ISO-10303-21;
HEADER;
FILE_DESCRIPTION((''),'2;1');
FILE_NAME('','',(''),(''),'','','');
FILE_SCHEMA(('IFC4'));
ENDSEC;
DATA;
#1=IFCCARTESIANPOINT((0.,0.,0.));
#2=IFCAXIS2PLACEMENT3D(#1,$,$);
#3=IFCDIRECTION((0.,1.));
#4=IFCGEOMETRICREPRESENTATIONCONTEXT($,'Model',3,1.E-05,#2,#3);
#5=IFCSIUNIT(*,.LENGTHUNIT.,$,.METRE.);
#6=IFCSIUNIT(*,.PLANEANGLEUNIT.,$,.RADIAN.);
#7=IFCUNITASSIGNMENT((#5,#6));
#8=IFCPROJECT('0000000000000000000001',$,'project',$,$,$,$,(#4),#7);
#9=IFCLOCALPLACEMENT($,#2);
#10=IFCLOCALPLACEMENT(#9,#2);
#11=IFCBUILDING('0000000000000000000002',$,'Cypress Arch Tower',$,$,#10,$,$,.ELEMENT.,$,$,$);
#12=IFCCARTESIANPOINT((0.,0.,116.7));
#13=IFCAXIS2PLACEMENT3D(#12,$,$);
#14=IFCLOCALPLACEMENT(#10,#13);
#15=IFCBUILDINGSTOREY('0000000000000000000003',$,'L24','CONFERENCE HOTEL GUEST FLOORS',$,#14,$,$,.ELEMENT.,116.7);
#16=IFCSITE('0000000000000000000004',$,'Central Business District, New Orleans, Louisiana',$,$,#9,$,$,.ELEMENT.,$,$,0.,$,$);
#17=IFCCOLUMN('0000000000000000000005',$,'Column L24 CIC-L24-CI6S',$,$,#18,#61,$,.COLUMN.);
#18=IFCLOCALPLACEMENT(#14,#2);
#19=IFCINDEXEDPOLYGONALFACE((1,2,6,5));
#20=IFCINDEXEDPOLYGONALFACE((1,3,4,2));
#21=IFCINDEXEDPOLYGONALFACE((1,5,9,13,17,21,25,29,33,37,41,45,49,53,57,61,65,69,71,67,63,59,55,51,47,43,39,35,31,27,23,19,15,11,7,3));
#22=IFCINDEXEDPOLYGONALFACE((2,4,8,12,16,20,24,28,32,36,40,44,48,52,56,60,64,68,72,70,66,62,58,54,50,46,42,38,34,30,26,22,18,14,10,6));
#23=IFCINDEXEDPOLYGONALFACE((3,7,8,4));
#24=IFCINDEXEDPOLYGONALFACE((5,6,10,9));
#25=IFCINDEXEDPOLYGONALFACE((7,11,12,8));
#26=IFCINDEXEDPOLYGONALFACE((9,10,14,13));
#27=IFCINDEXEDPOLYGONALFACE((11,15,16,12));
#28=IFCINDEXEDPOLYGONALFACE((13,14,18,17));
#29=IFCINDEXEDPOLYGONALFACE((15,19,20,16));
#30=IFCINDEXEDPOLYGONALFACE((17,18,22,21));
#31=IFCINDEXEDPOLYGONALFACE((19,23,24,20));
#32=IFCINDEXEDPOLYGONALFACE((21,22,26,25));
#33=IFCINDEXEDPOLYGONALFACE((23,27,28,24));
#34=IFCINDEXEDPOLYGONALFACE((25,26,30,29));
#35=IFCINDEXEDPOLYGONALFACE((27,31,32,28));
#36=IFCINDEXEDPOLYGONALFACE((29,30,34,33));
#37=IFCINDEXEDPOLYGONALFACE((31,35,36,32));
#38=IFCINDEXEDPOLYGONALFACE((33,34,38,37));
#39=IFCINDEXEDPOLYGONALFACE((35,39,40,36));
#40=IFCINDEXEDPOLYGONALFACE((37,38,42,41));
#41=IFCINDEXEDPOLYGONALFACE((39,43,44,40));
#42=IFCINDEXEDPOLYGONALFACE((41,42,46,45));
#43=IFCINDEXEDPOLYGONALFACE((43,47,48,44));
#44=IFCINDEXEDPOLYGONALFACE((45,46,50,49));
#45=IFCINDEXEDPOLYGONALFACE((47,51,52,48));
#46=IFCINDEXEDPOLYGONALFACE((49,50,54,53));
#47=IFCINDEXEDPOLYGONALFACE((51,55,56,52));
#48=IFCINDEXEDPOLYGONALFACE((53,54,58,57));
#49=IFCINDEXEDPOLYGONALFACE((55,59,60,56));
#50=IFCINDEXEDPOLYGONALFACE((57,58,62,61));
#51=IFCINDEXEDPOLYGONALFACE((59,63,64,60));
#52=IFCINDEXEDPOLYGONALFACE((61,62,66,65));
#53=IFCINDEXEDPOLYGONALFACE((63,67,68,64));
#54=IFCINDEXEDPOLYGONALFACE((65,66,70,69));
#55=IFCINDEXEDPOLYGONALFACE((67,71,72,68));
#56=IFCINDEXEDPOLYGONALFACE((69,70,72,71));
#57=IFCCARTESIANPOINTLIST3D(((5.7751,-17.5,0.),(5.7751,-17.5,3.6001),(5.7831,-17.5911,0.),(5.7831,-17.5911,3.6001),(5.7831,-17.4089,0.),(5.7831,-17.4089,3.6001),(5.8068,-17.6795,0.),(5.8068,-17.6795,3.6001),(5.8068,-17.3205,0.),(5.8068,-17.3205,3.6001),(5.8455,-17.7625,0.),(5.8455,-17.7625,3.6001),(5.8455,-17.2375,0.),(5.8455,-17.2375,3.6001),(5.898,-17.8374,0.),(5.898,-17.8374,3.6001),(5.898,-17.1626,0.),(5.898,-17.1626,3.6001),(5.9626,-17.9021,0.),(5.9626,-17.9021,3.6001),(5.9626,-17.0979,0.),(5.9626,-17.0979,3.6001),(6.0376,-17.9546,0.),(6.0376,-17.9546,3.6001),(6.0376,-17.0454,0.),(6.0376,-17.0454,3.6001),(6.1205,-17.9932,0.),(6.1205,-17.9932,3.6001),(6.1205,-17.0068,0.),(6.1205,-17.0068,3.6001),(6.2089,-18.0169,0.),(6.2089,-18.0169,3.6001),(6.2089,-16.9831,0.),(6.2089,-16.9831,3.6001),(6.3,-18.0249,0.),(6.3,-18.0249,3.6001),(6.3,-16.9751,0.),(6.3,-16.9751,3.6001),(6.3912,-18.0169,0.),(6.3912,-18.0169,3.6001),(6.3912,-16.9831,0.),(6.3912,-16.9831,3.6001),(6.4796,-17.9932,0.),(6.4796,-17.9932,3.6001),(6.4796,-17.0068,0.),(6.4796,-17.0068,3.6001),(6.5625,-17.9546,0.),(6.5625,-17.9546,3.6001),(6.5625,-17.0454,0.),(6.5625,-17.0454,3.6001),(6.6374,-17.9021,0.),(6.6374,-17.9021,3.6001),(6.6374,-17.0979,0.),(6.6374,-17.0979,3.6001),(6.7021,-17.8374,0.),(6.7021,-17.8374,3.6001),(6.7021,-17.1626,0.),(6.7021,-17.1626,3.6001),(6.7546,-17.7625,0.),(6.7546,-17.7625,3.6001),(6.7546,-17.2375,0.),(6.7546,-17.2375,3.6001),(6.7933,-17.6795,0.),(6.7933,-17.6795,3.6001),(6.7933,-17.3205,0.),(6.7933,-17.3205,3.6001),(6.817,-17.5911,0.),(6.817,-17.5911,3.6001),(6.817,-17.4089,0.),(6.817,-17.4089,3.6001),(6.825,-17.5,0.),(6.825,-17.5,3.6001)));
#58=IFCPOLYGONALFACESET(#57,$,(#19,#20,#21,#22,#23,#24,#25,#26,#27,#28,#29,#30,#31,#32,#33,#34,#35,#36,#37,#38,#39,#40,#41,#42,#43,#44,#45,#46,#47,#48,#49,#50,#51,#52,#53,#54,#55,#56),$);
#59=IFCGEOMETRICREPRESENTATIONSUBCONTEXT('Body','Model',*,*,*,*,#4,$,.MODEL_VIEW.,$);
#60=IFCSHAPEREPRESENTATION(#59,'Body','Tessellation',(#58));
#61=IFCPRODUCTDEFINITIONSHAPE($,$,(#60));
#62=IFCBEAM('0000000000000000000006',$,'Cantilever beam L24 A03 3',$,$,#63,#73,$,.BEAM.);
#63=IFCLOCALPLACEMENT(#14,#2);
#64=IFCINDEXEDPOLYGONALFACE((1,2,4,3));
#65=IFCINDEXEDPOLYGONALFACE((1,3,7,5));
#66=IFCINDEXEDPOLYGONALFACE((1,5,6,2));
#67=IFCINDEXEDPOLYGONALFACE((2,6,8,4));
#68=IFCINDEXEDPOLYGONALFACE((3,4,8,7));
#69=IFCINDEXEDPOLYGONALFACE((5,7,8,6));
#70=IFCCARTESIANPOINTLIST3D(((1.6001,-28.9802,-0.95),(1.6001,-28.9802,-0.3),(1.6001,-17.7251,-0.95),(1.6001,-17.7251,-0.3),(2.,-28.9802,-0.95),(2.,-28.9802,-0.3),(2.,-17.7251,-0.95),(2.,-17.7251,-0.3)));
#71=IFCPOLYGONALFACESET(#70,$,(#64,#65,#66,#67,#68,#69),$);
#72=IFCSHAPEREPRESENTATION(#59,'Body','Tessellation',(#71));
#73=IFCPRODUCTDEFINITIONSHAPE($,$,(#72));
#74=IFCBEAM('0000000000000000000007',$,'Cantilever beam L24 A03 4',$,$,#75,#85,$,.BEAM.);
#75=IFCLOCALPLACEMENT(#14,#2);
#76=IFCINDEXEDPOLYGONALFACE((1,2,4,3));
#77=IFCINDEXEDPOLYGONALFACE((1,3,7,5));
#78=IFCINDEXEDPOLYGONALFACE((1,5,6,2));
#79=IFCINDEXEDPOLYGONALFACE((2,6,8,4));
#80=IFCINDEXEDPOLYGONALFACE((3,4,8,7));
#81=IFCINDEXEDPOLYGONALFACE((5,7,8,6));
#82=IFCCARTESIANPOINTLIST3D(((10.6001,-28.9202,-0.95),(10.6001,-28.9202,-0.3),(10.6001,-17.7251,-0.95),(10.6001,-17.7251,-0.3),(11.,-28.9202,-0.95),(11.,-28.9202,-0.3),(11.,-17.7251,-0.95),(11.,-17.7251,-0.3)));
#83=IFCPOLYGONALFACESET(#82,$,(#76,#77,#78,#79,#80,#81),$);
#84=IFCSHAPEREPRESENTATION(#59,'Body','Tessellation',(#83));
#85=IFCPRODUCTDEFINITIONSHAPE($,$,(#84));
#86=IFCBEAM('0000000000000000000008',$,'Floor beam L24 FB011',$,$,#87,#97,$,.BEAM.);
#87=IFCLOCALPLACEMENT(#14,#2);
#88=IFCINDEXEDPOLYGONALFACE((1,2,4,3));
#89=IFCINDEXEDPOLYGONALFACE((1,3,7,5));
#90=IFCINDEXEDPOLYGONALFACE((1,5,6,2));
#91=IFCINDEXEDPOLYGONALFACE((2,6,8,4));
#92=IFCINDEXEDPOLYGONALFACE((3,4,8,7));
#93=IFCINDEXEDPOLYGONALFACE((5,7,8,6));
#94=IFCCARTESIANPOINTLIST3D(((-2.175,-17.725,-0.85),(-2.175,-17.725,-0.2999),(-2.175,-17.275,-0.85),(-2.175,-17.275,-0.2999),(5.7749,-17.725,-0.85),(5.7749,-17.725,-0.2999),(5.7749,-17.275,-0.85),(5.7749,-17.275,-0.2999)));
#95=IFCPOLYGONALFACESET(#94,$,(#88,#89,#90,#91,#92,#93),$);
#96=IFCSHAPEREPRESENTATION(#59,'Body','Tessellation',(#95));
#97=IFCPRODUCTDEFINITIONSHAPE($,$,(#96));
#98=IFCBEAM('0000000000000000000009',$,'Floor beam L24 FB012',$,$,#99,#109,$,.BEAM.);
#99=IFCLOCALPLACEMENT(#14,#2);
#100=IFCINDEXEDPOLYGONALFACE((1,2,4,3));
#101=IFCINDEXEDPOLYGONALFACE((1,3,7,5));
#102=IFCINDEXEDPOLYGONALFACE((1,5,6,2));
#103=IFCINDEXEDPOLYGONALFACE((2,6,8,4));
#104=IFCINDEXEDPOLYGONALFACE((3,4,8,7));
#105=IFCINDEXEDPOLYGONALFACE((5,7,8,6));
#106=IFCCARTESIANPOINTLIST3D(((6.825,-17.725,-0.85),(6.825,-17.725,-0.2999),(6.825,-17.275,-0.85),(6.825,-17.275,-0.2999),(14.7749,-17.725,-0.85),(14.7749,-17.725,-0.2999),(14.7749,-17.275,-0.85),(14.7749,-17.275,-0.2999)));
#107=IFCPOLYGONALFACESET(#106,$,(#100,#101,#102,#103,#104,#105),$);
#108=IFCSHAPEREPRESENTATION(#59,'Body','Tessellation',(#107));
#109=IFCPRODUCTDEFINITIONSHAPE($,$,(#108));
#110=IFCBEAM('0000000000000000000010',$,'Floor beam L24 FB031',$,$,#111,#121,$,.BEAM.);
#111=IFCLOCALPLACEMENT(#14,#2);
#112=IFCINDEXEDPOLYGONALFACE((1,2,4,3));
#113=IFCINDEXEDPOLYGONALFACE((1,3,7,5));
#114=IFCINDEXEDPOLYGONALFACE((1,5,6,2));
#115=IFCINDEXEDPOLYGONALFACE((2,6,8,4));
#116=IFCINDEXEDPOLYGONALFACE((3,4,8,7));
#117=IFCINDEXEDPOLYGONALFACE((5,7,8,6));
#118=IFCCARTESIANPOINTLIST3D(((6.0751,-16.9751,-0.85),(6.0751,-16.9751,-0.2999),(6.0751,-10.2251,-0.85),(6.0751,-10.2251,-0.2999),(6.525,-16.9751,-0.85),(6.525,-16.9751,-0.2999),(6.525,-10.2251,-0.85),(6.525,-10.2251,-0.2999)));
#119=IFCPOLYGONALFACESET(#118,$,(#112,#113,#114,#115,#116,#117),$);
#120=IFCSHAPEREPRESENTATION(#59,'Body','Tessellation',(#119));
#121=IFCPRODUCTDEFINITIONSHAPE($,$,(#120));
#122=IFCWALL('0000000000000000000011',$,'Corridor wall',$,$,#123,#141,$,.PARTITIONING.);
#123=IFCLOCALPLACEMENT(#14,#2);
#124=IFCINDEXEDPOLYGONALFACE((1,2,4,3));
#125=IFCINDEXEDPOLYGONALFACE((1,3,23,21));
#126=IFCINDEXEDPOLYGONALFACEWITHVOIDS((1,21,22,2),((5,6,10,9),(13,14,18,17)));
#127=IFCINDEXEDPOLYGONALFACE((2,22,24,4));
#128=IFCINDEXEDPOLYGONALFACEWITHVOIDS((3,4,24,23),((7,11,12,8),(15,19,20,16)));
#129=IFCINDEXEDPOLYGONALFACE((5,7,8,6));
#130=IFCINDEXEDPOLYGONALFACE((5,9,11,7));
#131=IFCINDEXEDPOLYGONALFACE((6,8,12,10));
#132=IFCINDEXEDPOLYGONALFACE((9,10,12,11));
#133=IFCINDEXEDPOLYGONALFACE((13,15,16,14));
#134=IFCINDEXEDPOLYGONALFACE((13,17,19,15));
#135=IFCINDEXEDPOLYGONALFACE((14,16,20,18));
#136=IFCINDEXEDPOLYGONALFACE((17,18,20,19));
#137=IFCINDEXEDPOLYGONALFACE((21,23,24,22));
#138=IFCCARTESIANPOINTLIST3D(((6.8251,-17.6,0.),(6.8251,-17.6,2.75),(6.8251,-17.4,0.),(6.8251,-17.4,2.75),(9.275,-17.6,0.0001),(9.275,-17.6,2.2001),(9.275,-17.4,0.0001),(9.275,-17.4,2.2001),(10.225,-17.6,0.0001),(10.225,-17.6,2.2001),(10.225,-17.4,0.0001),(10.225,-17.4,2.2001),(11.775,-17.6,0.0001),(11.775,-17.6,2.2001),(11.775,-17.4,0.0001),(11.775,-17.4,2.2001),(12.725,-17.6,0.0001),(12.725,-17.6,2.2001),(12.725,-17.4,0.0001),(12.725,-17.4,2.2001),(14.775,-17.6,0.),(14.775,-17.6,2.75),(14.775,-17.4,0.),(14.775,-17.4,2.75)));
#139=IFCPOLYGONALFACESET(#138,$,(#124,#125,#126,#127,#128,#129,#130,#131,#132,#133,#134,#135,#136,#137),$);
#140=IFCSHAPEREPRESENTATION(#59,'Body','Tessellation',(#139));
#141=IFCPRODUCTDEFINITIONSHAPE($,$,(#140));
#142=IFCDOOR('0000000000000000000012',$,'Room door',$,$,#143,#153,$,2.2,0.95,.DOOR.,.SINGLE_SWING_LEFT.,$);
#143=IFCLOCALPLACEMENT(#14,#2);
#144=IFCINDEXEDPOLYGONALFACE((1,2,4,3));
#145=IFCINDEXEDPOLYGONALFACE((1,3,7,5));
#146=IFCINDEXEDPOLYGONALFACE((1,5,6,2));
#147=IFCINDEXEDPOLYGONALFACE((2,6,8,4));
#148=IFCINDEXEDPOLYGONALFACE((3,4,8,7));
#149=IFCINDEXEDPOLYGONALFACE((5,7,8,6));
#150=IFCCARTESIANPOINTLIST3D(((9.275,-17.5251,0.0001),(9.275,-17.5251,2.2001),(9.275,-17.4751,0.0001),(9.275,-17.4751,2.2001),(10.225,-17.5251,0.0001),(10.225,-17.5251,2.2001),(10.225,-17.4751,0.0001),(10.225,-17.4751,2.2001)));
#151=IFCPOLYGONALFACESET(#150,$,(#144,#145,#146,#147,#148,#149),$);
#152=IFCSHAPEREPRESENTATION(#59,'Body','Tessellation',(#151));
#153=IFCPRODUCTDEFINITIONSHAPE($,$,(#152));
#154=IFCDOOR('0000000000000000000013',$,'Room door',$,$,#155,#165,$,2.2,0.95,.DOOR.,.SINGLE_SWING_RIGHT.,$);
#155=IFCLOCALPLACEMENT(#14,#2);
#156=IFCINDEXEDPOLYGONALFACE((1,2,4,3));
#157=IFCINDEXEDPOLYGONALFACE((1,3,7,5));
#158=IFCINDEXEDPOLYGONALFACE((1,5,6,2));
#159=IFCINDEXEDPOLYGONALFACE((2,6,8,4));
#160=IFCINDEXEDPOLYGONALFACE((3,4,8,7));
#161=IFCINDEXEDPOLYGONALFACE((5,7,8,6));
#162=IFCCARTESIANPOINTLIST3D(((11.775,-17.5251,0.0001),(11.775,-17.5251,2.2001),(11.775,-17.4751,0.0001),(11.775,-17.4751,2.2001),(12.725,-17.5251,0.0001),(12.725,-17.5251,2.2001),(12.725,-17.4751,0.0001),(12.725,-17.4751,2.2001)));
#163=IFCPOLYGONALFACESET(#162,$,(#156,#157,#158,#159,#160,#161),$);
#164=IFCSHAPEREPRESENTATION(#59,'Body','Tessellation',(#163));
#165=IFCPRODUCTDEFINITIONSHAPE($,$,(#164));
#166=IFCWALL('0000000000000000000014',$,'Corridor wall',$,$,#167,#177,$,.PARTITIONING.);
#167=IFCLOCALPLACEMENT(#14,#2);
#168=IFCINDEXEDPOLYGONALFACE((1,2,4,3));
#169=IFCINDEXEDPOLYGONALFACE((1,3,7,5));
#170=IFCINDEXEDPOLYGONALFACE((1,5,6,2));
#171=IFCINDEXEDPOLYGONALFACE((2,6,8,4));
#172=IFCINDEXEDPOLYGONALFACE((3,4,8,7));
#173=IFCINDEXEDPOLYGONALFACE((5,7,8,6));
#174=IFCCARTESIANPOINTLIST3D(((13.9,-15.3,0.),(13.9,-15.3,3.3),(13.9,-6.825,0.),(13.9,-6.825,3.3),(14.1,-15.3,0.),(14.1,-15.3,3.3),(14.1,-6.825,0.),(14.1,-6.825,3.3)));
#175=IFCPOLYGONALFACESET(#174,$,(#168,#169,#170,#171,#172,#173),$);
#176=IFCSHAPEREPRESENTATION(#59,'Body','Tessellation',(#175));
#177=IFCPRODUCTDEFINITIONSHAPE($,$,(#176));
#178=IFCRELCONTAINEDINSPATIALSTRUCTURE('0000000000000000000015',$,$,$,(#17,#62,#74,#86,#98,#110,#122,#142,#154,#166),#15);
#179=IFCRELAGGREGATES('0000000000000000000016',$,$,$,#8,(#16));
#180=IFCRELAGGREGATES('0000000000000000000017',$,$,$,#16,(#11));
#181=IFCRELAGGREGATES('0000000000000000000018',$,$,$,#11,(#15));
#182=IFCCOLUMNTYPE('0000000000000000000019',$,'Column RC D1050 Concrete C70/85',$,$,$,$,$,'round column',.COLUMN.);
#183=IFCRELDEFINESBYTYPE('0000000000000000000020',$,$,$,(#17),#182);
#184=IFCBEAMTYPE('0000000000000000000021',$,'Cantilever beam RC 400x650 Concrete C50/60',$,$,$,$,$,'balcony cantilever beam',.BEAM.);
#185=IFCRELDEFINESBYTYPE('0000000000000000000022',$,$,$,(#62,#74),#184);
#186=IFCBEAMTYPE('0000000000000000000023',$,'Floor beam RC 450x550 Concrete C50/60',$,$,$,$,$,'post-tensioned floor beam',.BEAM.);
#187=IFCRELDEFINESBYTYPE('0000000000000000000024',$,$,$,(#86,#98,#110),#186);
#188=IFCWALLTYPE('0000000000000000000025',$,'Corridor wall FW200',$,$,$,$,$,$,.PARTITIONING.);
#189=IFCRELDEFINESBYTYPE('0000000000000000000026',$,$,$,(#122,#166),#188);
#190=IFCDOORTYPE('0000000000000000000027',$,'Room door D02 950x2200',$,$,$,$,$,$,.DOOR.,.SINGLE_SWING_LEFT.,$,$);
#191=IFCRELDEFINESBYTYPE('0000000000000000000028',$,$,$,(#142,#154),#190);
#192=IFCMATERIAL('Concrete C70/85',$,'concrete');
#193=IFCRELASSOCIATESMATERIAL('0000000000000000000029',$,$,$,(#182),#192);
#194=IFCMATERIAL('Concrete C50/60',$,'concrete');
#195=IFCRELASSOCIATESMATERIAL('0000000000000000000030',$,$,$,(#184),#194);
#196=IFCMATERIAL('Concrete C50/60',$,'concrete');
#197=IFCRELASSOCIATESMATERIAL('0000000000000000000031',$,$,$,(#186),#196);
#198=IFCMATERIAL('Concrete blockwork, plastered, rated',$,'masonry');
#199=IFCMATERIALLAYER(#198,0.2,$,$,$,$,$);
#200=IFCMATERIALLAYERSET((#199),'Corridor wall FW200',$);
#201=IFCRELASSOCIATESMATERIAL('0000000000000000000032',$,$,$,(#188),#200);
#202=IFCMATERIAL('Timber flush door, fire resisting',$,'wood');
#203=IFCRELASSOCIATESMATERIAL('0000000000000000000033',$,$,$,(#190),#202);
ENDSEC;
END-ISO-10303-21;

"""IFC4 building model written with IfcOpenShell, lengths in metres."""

from ifc_helpers import new_model, si_unit, direction, frame, frame_2d, origin, origin_2d, place, context, subcontext, project, spatial, rectangle, circle, extrude, material, layer, layer_set, material_profile, profile_set, type_object, element, fill, save


model = new_model("IFC4")

# Units and contexts
model_context = context("Model", 3, precision=1e-05, world=origin(), true_north=direction((0.0, 1.0)))
body_context = subcontext(model_context, "Body", "Model", "MODEL_VIEW")
ifc_project = project(units=[si_unit("LENGTHUNIT", "METRE"), si_unit("PLANEANGLEUNIT", "RADIAN")], contexts=[model_context])

# Site, building, storey
site_placement = place(None, origin())
site = spatial("IfcSite", under=ifc_project, at=site_placement, Name="Central Business District, New Orleans, Louisiana", CompositionType="ELEMENT", RefElevation=0.0)
building_placement = place(site_placement, origin())
building = spatial("IfcBuilding", under=site, at=building_placement, Name="Cypress Arch Tower", CompositionType="ELEMENT")
storey_placement = place(building_placement, frame((0.0, 0.0, 116.7)))
storey = spatial("IfcBuildingStorey", under=building, at=storey_placement, Name="L24", Description="CONFERENCE HOTEL GUEST FLOORS", CompositionType="ELEMENT", Elevation=116.7)

# Column
ifc_material_1 = material(Name="Concrete C70/85", Category="concrete")
ifc_material_profile_1 = material_profile(ifc_material_1, circle(Radius=0.5249, at=origin_2d()), Name="RC D1050")
ifc_profile_set_1 = profile_set([ifc_material_profile_1], Name="Concrete C70/85")
column_type = type_object("IfcColumnType", Name="Column RC D1050 Concrete C70/85", ElementType="round column", PredefinedType="COLUMN", material=ifc_profile_set_1)
column_placement = place(storey_placement, frame((6.3, -17.5, 0.0), z_axis=(0.0, 0.0, 1.0), x_axis=(1.0, 0.0, 0.0)))
element("IfcColumn", 1, at=column_placement, inside=storey, type_object=column_type, Name="Column L24 CIC-L24-CI6S", PredefinedType="COLUMN", context=body_context, shape_type="SweptSolid", body=[
    extrude(circle(Radius=0.5249, at=origin_2d()), origin(), (0.0, 0.0, 1.0), 3.6001),
])

# Beams
ifc_material_2 = material(Name="Concrete C50/60", Category="concrete")
ifc_material_profile_2 = material_profile(ifc_material_2, rectangle(XDim=0.3999, YDim=0.6499, at=origin_2d()), Name="RC 400x650")
ifc_profile_set_2 = profile_set([ifc_material_profile_2], Name="Concrete C50/60")
beam_type_1 = type_object("IfcBeamType", Name="Cantilever beam RC 400x650 Concrete C50/60", ElementType="balcony cantilever beam", PredefinedType="BEAM", material=ifc_profile_set_2)
beam_1_placement = place(storey_placement, frame((1.8, -17.7251, -0.625), z_axis=(0.0, -1.0, 0.0), x_axis=(1.0, 0.0, 0.0)))
element("IfcBeam", 2, at=beam_1_placement, inside=storey, type_object=beam_type_1, Name="Cantilever beam L24 A03 3", PredefinedType="BEAM", context=body_context, shape_type="SweptSolid", body=[
    extrude(rectangle(XDim=0.3999, YDim=0.6499, at=origin_2d()), origin(), (0.0, 0.0, 1.0), 11.2551),
])
beam_2_placement = place(storey_placement, frame((10.8, -17.7251, -0.625), z_axis=(0.0, -1.0, 0.0), x_axis=(1.0, 0.0, 0.0)))
element("IfcBeam", 3, at=beam_2_placement, inside=storey, type_object=beam_type_1, Name="Cantilever beam L24 A03 4", PredefinedType="BEAM", context=body_context, shape_type="SweptSolid", body=[
    extrude(rectangle(XDim=0.3999, YDim=0.6499, at=origin_2d()), origin(), (0.0, 0.0, 1.0), 11.1951),
])
ifc_material_3 = material(Name="Concrete C50/60", Category="concrete")
ifc_material_profile_3 = material_profile(ifc_material_3, rectangle(XDim=0.45, YDim=0.55, at=origin_2d()), Name="RC 450x550")
ifc_profile_set_3 = profile_set([ifc_material_profile_3], Name="Concrete C50/60")
beam_type_2 = type_object("IfcBeamType", Name="Floor beam RC 450x550 Concrete C50/60", ElementType="post-tensioned floor beam", PredefinedType="BEAM", material=ifc_profile_set_3)
for number, where, z_axis, x_axis, name in (
    (4, (-2.175, -17.5, -0.575), (1.0, 0.0, 0.0), (0.0, 1.0, 0.0), "Floor beam L24 FB011"),
    (5, (6.825, -17.5, -0.575), (1.0, 0.0, 0.0), (0.0, 1.0, 0.0), "Floor beam L24 FB012"),
):
    element("IfcBeam", number, at=place(storey_placement, frame(where, z_axis=z_axis, x_axis=x_axis)), inside=storey, type_object=beam_type_2, Name=name, PredefinedType="BEAM", context=body_context, shape_type="SweptSolid", body=[
        extrude(rectangle(XDim=0.45, YDim=0.55, at=origin_2d()), origin(), (0.0, 0.0, 1.0), 7.95),
    ])
beam_3_placement = place(storey_placement, frame((6.3, -16.9751, -0.575), z_axis=(0.0, 1.0, 0.0), x_axis=(-1.0, 0.0, 0.0)))
element("IfcBeam", 6, at=beam_3_placement, inside=storey, type_object=beam_type_2, Name="Floor beam L24 FB031", PredefinedType="BEAM", context=body_context, shape_type="SweptSolid", body=[
    extrude(rectangle(XDim=0.45, YDim=0.55, at=origin_2d()), origin(), (0.0, 0.0, 1.0), 6.75),
])

# Shared definitions
ifc_material_4 = material(Name="Concrete blockwork, plastered, rated", Category="masonry")
ifc_layer_1 = layer(ifc_material_4, 0.2)
ifc_layer_set_1 = layer_set([ifc_layer_1], Name="Corridor wall FW200")
wall_type_1 = type_object("IfcWallType", Name="Corridor wall FW200", PredefinedType="PARTITIONING", material=ifc_layer_set_1)

# Wall, openings, doors
wall_1_placement = place(storey_placement, frame((6.825, -17.5, 0.0), z_axis=(0.0, 0.0, 1.0), x_axis=(1.0, 0.0, 0.0)))
wall_1 = element("IfcWall", 7, at=wall_1_placement, inside=storey, type_object=wall_type_1, Name="Corridor wall", PredefinedType="PARTITIONING", context=body_context, shape_type="SweptSolid", body=[
    extrude(rectangle(XDim=7.95, YDim=0.2, at=frame_2d((3.9751, 0.0))), origin(), (0.0, 0.0, 1.0), 2.75),
])
opening_1_placement = place(wall_1_placement, frame((2.45, 0.0, 0.0)))
opening_1 = element("IfcOpeningElement", 8, at=opening_1_placement, cuts=wall_1, PredefinedType="OPENING", context=body_context, shape_type="SweptSolid", body=[
    extrude(rectangle(XDim=0.95, YDim=2.2, at=frame_2d((0.4751, 1.1001))), frame((0.0, 0.1099, 0.0), z_axis=(0.0, -1.0, 0.0), x_axis=(1.0, 0.0, 0.0)), (0.0, 0.0, 1.0), 0.22),
])
opening_2_placement = place(wall_1_placement, frame((4.95, 0.0, 0.0)))
opening_2 = element("IfcOpeningElement", 9, at=opening_2_placement, cuts=wall_1, PredefinedType="OPENING", context=body_context, shape_type="SweptSolid", body=[
    extrude(rectangle(XDim=0.95, YDim=2.2, at=frame_2d((0.4751, 1.1001))), frame((0.0, 0.1099, 0.0), z_axis=(0.0, -1.0, 0.0), x_axis=(1.0, 0.0, 0.0)), (0.0, 0.0, 1.0), 0.22),
])
ifc_material_5 = material(Name="Timber flush door, fire resisting", Category="wood")
door_type_1 = type_object("IfcDoorType", Name="Room door D02 950x2200", OperationType="SINGLE_SWING_LEFT", PredefinedType="DOOR", material=ifc_material_5)
door_1_placement = place(opening_1_placement, origin())
door_1 = element("IfcDoor", 10, at=door_1_placement, inside=storey, type_object=door_type_1, Name="Room door", OperationType="SINGLE_SWING_LEFT", OverallHeight=2.2, OverallWidth=0.95, PredefinedType="DOOR", context=body_context, shape_type="SweptSolid", body=[
    extrude(rectangle(XDim=0.95, YDim=2.2, at=frame_2d((0.4751, 1.1001))), frame((0.0, 0.0249, 0.0), z_axis=(0.0, -1.0, 0.0), x_axis=(1.0, 0.0, 0.0)), (0.0, 0.0, 1.0), 0.05),
])
fill(opening_1, door_1)
door_2_placement = place(opening_2_placement, origin())
door_2 = element("IfcDoor", 11, at=door_2_placement, inside=storey, type_object=door_type_1, Name="Room door", OperationType="SINGLE_SWING_RIGHT", OverallHeight=2.2, OverallWidth=0.95, PredefinedType="DOOR", context=body_context, shape_type="SweptSolid", body=[
    extrude(rectangle(XDim=0.95, YDim=2.2, at=frame_2d((0.4751, 1.1001))), frame((0.0, 0.0249, 0.0), z_axis=(0.0, -1.0, 0.0), x_axis=(1.0, 0.0, 0.0)), (0.0, 0.0, 1.0), 0.05),
])
fill(opening_2, door_2)

# Wall
wall_2_placement = place(storey_placement, frame((14.0, -15.3, 0.0), z_axis=(0.0, 0.0, 1.0), x_axis=(0.0, 1.0, 0.0)))
element("IfcWall", 12, at=wall_2_placement, inside=storey, type_object=wall_type_1, Name="Corridor wall", PredefinedType="PARTITIONING", context=body_context, shape_type="SweptSolid", body=[
    extrude(rectangle(XDim=8.4751, YDim=0.2, at=frame_2d((4.2375, 0.0))), origin(), (0.0, 0.0, 1.0), 3.3),
])

save(model, "model.ifc")
